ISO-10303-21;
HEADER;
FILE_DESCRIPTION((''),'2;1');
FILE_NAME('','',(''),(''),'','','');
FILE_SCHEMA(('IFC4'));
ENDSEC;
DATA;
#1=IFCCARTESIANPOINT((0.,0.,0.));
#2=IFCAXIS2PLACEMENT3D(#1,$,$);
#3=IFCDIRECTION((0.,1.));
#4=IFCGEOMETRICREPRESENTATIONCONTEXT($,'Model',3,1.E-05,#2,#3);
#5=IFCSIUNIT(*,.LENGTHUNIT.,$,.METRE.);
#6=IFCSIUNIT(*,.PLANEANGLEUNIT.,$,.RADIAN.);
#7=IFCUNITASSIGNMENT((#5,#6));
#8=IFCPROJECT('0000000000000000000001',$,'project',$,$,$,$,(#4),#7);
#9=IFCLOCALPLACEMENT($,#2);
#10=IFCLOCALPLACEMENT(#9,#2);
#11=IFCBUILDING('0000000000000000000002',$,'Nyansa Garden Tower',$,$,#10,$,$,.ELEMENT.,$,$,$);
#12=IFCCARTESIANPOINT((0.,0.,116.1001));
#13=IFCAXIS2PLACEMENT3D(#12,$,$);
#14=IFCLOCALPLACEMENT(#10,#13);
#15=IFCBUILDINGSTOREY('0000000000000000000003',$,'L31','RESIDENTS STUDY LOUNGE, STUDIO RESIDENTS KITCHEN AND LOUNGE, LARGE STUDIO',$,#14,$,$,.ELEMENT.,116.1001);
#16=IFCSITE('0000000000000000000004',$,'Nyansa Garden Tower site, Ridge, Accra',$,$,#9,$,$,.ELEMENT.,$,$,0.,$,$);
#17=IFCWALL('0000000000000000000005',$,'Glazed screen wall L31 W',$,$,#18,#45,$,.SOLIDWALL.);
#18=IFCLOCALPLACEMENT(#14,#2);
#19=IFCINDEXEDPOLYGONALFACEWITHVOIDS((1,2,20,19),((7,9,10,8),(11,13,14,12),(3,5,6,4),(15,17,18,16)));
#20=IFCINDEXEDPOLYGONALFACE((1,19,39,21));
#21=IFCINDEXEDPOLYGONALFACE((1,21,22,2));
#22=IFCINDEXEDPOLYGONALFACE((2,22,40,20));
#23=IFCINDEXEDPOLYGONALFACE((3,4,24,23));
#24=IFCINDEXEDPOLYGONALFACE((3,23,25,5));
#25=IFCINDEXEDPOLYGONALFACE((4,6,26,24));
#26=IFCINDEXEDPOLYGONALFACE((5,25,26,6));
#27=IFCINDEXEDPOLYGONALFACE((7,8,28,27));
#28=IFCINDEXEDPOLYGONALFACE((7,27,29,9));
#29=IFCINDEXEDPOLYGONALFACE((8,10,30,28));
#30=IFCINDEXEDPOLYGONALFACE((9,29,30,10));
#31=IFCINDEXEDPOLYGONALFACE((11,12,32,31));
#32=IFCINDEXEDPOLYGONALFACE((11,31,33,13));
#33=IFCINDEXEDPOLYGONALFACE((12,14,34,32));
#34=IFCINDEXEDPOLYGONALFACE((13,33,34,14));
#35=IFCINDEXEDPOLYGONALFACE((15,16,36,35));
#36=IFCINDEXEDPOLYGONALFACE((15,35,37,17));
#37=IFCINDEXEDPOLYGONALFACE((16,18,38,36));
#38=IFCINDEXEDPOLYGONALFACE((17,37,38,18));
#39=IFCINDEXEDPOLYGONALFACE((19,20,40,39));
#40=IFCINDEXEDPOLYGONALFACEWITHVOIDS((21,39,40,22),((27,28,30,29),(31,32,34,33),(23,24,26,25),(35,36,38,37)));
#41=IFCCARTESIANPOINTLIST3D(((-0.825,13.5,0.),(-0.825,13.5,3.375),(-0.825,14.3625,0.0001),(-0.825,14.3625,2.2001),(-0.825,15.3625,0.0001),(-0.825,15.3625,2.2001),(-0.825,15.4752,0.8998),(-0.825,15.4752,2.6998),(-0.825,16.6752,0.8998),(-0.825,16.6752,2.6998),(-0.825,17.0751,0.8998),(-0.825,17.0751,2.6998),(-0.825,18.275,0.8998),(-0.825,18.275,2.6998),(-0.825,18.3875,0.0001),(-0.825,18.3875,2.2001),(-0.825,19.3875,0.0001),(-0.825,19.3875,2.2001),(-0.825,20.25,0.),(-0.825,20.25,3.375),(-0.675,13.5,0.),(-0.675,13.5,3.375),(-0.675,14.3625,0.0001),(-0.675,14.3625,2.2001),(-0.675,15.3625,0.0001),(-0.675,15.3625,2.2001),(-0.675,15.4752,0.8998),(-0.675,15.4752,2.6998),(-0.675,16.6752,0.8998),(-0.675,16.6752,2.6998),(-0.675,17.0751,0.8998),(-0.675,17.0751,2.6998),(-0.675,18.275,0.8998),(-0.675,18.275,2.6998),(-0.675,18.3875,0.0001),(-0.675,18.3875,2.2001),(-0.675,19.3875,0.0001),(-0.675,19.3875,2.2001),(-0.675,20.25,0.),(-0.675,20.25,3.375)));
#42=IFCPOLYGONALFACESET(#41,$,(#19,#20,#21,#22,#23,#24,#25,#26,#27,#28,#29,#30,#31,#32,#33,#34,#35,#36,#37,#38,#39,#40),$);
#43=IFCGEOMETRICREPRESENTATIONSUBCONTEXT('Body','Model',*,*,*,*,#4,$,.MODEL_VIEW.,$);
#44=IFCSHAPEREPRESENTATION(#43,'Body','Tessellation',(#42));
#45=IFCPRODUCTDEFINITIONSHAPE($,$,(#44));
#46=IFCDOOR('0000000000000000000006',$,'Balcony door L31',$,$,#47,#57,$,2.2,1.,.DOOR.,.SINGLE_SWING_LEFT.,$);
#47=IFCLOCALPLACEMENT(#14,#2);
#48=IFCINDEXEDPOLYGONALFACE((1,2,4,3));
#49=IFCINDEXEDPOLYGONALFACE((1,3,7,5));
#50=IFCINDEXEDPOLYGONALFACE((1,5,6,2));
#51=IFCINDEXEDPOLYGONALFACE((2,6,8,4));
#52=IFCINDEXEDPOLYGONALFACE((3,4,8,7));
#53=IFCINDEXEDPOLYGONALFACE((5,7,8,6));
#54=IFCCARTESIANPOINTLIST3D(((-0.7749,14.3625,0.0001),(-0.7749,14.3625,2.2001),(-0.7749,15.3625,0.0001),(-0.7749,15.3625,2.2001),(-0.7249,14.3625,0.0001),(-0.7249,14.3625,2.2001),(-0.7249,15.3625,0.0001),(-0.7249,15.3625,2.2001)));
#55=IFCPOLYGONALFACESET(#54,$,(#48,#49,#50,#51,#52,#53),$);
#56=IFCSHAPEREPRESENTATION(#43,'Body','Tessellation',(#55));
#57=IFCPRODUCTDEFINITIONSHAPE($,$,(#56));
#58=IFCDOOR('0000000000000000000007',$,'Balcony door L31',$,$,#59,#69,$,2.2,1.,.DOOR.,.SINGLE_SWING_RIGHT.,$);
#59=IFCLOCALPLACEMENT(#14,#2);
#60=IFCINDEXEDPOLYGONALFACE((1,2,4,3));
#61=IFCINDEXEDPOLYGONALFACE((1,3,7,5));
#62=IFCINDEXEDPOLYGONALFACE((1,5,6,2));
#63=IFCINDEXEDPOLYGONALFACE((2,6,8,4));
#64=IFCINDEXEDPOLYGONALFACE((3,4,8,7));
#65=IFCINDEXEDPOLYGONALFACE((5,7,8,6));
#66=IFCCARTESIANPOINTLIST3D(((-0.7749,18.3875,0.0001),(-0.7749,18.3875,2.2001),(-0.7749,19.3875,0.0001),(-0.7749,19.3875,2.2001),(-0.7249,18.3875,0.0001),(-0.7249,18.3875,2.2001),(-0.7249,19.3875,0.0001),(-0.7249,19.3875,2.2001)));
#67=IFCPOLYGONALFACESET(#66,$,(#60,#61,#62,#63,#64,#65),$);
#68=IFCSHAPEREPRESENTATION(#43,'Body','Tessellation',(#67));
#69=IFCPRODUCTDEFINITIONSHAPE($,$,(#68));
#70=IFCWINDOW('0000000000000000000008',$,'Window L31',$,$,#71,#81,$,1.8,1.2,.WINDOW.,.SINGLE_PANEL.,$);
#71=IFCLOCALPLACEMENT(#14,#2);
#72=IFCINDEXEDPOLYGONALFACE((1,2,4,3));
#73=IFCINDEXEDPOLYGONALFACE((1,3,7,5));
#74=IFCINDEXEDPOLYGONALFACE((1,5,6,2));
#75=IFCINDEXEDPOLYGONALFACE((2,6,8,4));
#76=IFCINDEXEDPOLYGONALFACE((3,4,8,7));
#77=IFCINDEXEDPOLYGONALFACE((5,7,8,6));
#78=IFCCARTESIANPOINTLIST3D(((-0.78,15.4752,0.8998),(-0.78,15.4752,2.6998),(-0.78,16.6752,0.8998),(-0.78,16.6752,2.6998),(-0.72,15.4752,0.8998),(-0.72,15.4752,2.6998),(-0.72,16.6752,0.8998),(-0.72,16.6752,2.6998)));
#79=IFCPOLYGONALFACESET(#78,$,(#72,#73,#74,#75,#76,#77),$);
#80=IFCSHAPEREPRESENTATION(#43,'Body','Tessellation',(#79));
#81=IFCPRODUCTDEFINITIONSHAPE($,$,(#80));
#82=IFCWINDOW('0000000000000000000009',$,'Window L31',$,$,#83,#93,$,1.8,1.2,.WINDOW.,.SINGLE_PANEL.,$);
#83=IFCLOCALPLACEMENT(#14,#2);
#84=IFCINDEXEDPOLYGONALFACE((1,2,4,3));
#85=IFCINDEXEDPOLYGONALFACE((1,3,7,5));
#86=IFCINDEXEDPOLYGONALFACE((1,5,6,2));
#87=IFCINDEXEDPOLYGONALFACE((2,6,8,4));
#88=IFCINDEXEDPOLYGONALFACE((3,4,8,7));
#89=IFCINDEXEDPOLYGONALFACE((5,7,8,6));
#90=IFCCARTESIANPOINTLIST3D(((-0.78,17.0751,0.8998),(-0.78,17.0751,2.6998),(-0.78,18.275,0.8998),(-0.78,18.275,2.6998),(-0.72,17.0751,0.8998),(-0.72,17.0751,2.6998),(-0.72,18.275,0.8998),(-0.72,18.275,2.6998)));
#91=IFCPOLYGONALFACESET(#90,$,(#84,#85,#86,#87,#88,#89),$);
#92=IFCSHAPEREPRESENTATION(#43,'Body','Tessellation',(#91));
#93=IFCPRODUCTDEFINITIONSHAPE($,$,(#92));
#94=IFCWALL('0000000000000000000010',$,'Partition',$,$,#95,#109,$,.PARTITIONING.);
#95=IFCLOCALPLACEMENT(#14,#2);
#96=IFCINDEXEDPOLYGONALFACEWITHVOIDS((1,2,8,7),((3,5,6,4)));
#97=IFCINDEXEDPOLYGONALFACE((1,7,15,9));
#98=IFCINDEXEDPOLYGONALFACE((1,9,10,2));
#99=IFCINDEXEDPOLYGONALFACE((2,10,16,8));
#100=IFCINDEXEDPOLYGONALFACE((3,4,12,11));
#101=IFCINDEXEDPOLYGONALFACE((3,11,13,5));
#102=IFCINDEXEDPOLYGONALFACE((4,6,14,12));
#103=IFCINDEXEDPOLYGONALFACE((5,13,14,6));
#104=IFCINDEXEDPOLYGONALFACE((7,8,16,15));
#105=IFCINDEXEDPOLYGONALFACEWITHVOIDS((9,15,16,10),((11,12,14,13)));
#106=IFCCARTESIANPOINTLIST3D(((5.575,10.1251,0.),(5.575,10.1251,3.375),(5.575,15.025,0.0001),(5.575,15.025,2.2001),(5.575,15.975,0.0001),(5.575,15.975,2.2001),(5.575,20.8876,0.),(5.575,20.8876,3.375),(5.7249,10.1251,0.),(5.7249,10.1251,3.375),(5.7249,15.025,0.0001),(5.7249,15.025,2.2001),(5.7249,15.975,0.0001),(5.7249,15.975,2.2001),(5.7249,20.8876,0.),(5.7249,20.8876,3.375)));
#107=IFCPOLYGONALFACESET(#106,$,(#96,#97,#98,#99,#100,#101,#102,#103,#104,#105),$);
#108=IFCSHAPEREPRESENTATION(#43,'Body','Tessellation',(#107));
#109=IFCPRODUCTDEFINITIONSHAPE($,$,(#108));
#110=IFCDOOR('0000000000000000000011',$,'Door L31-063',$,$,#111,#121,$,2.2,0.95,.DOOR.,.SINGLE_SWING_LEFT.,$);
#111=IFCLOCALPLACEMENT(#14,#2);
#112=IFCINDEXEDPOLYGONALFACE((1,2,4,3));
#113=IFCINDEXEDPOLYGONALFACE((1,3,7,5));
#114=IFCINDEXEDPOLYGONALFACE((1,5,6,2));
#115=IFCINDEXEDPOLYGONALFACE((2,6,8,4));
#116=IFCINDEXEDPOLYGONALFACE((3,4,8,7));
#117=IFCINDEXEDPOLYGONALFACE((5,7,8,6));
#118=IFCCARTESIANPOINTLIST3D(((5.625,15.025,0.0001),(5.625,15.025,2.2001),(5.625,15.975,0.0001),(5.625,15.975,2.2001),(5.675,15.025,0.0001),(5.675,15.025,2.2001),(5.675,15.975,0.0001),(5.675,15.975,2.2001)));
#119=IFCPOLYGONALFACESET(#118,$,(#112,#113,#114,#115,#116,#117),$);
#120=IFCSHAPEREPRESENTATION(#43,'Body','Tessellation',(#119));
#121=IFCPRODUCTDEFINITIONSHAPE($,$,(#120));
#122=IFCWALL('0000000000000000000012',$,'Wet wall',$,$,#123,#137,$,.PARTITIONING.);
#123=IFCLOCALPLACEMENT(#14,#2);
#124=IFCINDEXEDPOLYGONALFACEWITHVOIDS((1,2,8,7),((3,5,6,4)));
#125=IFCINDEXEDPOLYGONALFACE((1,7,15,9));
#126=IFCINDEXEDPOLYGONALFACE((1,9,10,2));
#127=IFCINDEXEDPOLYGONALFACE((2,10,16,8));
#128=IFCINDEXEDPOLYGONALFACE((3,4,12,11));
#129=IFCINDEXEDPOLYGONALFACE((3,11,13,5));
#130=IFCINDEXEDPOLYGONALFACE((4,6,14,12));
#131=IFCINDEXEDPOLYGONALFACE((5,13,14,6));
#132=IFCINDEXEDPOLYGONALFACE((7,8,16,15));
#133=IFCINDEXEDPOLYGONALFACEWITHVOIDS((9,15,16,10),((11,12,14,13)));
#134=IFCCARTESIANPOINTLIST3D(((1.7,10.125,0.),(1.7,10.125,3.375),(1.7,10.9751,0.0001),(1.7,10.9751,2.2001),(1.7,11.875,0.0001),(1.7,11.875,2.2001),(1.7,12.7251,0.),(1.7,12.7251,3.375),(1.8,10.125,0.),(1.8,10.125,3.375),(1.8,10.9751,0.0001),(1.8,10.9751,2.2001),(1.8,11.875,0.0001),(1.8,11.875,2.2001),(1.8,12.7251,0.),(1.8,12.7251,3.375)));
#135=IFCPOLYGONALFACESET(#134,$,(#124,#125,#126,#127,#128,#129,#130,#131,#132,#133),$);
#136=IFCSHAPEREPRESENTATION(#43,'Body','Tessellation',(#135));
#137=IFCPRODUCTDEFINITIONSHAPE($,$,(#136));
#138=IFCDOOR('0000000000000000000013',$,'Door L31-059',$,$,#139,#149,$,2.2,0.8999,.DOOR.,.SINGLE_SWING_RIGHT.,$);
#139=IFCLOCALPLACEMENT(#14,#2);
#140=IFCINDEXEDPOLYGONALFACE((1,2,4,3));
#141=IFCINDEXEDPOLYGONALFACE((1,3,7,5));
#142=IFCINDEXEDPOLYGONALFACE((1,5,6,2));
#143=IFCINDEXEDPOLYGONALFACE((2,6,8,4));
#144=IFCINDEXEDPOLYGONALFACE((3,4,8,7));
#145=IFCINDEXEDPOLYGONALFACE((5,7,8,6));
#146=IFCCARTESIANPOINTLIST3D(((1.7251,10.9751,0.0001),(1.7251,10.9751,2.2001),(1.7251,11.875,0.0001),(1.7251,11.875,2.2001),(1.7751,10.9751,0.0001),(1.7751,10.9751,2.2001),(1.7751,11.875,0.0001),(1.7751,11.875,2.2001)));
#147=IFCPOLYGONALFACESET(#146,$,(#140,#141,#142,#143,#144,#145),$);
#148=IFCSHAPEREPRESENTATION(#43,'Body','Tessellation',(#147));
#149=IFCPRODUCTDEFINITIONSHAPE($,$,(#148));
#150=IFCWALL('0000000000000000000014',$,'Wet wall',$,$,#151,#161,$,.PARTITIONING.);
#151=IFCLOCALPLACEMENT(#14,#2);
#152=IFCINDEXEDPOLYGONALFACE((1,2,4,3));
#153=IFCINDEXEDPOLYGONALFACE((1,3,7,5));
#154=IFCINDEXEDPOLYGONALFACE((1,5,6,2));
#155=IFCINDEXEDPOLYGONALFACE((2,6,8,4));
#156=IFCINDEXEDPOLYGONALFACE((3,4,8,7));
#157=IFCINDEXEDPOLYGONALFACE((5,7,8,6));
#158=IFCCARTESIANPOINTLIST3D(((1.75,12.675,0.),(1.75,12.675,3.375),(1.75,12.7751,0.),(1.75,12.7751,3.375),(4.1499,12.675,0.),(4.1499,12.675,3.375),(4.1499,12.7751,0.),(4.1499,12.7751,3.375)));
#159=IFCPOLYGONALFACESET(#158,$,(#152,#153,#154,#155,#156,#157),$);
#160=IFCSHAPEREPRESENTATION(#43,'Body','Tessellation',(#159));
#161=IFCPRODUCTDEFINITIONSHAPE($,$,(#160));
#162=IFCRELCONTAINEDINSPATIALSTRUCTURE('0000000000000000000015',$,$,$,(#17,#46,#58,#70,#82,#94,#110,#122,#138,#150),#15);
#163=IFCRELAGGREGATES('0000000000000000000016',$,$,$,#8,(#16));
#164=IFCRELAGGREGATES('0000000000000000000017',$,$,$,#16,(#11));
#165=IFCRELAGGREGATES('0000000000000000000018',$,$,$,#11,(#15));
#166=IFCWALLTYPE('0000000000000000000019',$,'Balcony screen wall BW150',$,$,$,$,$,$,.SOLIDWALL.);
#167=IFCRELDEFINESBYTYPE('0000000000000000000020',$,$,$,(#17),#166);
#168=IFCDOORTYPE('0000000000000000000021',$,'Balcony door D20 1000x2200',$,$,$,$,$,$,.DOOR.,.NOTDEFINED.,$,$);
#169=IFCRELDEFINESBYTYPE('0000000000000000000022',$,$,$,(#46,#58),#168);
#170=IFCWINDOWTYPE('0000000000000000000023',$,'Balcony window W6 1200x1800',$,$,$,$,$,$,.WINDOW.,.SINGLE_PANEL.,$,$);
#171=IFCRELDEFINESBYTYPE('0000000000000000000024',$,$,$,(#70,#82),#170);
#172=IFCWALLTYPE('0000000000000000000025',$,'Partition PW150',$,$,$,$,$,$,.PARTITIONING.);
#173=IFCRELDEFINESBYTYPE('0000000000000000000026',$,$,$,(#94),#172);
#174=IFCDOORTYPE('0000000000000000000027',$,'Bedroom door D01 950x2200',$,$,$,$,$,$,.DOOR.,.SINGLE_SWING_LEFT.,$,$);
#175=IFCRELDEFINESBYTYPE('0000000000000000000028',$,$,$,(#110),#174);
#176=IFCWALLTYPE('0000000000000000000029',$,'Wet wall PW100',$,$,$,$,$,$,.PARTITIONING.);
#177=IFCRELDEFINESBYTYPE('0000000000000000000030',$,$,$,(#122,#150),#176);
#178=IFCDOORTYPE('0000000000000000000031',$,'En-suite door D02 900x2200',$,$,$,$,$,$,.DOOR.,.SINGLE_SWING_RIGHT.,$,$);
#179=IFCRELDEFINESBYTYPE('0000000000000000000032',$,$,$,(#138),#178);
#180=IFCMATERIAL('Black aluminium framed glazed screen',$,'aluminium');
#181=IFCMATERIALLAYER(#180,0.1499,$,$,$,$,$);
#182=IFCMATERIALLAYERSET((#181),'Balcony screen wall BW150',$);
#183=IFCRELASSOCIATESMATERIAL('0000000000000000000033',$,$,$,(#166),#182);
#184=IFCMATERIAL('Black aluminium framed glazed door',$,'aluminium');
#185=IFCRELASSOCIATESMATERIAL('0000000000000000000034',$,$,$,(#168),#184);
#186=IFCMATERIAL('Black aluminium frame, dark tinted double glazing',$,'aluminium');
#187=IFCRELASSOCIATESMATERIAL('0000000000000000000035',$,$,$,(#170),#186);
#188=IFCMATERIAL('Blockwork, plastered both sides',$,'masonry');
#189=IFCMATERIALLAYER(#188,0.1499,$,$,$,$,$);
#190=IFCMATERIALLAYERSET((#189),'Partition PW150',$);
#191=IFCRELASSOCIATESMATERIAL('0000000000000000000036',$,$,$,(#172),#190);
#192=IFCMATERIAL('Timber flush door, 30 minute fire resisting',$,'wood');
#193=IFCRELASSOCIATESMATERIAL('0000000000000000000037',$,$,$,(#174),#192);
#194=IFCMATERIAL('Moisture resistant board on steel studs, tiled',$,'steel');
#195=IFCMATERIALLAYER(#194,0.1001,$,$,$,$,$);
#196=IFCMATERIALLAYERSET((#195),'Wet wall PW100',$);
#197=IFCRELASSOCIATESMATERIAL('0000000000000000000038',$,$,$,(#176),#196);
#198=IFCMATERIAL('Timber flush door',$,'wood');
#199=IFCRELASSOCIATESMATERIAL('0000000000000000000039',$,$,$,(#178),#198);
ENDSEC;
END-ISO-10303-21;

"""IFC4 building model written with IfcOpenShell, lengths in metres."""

from ifc_helpers import new_model, si_unit, direction, frame, frame_2d, origin, place, context, subcontext, project, spatial, rectangle, extrude, material, layer, layer_set, type_object, element, fill, save


model = new_model("IFC4")

# Units and contexts
model_context = context("Model", 3, precision=1e-05, world=origin(), true_north=direction((0.0, 1.0)))
body_context = subcontext(model_context, "Body", "Model", "MODEL_VIEW")
ifc_project = project(units=[si_unit("LENGTHUNIT", "METRE"), si_unit("PLANEANGLEUNIT", "RADIAN")], contexts=[model_context])

# Site, building, storey
site_placement = place(None, origin())
site = spatial("IfcSite", under=ifc_project, at=site_placement, Name="Nyansa Garden Tower site, Ridge, Accra", CompositionType="ELEMENT", RefElevation=0.0)
building_placement = place(site_placement, origin())
building = spatial("IfcBuilding", under=site, at=building_placement, Name="Nyansa Garden Tower", CompositionType="ELEMENT")
storey_placement = place(building_placement, frame((0.0, 0.0, 116.1001)))
storey = spatial("IfcBuildingStorey", under=building, at=storey_placement, Name="L31", Description="RESIDENTS STUDY LOUNGE, STUDIO RESIDENTS KITCHEN AND LOUNGE, LARGE STUDIO", CompositionType="ELEMENT", Elevation=116.1001)

# Wall, openings, doors, windows
ifc_material_1 = material(Name="Black aluminium framed glazed screen", Category="aluminium")
ifc_layer_1 = layer(ifc_material_1, 0.1499)
ifc_layer_set_1 = layer_set([ifc_layer_1], Name="Balcony screen wall BW150")
wall_type_1 = type_object("IfcWallType", Name="Balcony screen wall BW150", PredefinedType="SOLIDWALL", material=ifc_layer_set_1)
wall_1_placement = place(storey_placement, frame((-0.75, 13.5, 0.0), z_axis=(0.0, 0.0, 1.0), x_axis=(0.0, 1.0, 0.0)))
wall_1 = element("IfcWall", 1, at=wall_1_placement, inside=storey, type_object=wall_type_1, Name="Glazed screen wall L31 W", PredefinedType="SOLIDWALL", context=body_context, shape_type="SweptSolid", body=[
    extrude(rectangle(XDim=6.75, YDim=0.1499, at=frame_2d((3.375, 0.0))), origin(), (0.0, 0.0, 1.0), 3.375),
])
opening_1_placement = place(wall_1_placement, frame((0.8625, 0.0, 0.0)))
opening_1 = element("IfcOpeningElement", 2, at=opening_1_placement, cuts=wall_1, PredefinedType="OPENING", context=body_context, shape_type="SweptSolid", body=[
    extrude(rectangle(XDim=1.0, YDim=2.2, at=frame_2d((0.5, 1.1001))), frame((0.0, 0.085, 0.0), z_axis=(0.0, -1.0, 0.0), x_axis=(1.0, 0.0, 0.0)), (0.0, 0.0, 1.0), 0.1699),
])
opening_2_placement = place(wall_1_placement, frame((1.9751, 0.0, 0.8999)))
opening_2 = element("IfcOpeningElement", 3, at=opening_2_placement, cuts=wall_1, PredefinedType="OPENING", context=body_context, shape_type="SweptSolid", body=[
    extrude(rectangle(XDim=1.2, YDim=1.8, at=frame_2d((0.6001, 0.8999))), frame((0.0, 0.085, 0.0), z_axis=(0.0, -1.0, 0.0), x_axis=(1.0, 0.0, 0.0)), (0.0, 0.0, 1.0), 0.1699),
])
opening_3_placement = place(wall_1_placement, frame((4.8875, 0.0, 0.0)))
opening_3 = element("IfcOpeningElement", 4, at=opening_3_placement, cuts=wall_1, PredefinedType="OPENING", context=body_context, shape_type="SweptSolid", body=[
    extrude(rectangle(XDim=1.0, YDim=2.2, at=frame_2d((0.5, 1.1001))), frame((0.0, 0.085, 0.0), z_axis=(0.0, -1.0, 0.0), x_axis=(1.0, 0.0, 0.0)), (0.0, 0.0, 1.0), 0.1699),
])
opening_4_placement = place(wall_1_placement, frame((3.575, 0.0, 0.8999)))
opening_4 = element("IfcOpeningElement", 5, at=opening_4_placement, cuts=wall_1, PredefinedType="OPENING", context=body_context, shape_type="SweptSolid", body=[
    extrude(rectangle(XDim=1.2, YDim=1.8, at=frame_2d((0.6001, 0.8999))), frame((0.0, 0.085, 0.0), z_axis=(0.0, -1.0, 0.0), x_axis=(1.0, 0.0, 0.0)), (0.0, 0.0, 1.0), 0.1699),
])
ifc_material_2 = material(Name="Black aluminium framed glazed door", Category="aluminium")
door_type_1 = type_object("IfcDoorType", Name="Balcony door D20 1000x2200", OperationType="NOTDEFINED", PredefinedType="DOOR", material=ifc_material_2)
door_1_placement = place(opening_1_placement, origin())
door_1 = element("IfcDoor", 6, at=door_1_placement, inside=storey, type_object=door_type_1, Name="Balcony door L31", OperationType="SINGLE_SWING_LEFT", OverallHeight=2.2, OverallWidth=1.0, PredefinedType="DOOR", context=body_context, shape_type="SweptSolid", body=[
    extrude(rectangle(XDim=1.0, YDim=2.2, at=frame_2d((0.5, 1.1001))), frame((0.0, 0.0249, 0.0), z_axis=(0.0, -1.0, 0.0), x_axis=(1.0, 0.0, 0.0)), (0.0, 0.0, 1.0), 0.05),
])
fill(opening_1, door_1)
door_2_placement = place(opening_3_placement, origin())
door_2 = element("IfcDoor", 7, at=door_2_placement, inside=storey, type_object=door_type_1, Name="Balcony door L31", OperationType="SINGLE_SWING_RIGHT", OverallHeight=2.2, OverallWidth=1.0, PredefinedType="DOOR", context=body_context, shape_type="SweptSolid", body=[
    extrude(rectangle(XDim=1.0, YDim=2.2, at=frame_2d((0.5, 1.1001))), frame((0.0, 0.0249, 0.0), z_axis=(0.0, -1.0, 0.0), x_axis=(1.0, 0.0, 0.0)), (0.0, 0.0, 1.0), 0.05),
])
fill(opening_3, door_2)
ifc_material_3 = material(Name="Black aluminium frame, dark tinted double glazing", Category="aluminium")
window_type = type_object("IfcWindowType", Name="Balcony window W6 1200x1800", PartitioningType="SINGLE_PANEL", PredefinedType="WINDOW", material=ifc_material_3)
window_1_placement = place(opening_2_placement, origin())
window_1 = element("IfcWindow", 8, at=window_1_placement, inside=storey, type_object=window_type, Name="Window L31", OverallHeight=1.8, OverallWidth=1.2, PartitioningType="SINGLE_PANEL", PredefinedType="WINDOW", context=body_context, shape_type="SweptSolid", body=[
    extrude(rectangle(XDim=1.2, YDim=1.8, at=frame_2d((0.6001, 0.8999))), frame((0.0, 0.03, 0.0), z_axis=(0.0, -1.0, 0.0), x_axis=(1.0, 0.0, 0.0)), (0.0, 0.0, 1.0), 0.0601),
])
fill(opening_2, window_1)
window_2_placement = place(opening_4_placement, origin())
window_2 = element("IfcWindow", 9, at=window_2_placement, inside=storey, type_object=window_type, Name="Window L31", OverallHeight=1.8, OverallWidth=1.2, PartitioningType="SINGLE_PANEL", PredefinedType="WINDOW", context=body_context, shape_type="SweptSolid", body=[
    extrude(rectangle(XDim=1.2, YDim=1.8, at=frame_2d((0.6001, 0.8999))), frame((0.0, 0.03, 0.0), z_axis=(0.0, -1.0, 0.0), x_axis=(1.0, 0.0, 0.0)), (0.0, 0.0, 1.0), 0.0601),
])
fill(opening_4, window_2)

# Walls, openings, doors
ifc_material_4 = material(Name="Blockwork, plastered both sides", Category="masonry")
ifc_layer_2 = layer(ifc_material_4, 0.1499)
ifc_layer_set_2 = layer_set([ifc_layer_2], Name="Partition PW150")
wall_type_2 = type_object("IfcWallType", Name="Partition PW150", PredefinedType="PARTITIONING", material=ifc_layer_set_2)
wall_2_placement = place(storey_placement, frame((5.6499, 10.125, 0.0), z_axis=(0.0, 0.0, 1.0), x_axis=(0.0, 1.0, 0.0)))
wall_2 = element("IfcWall", 10, at=wall_2_placement, inside=storey, type_object=wall_type_2, Name="Partition", PredefinedType="PARTITIONING", context=body_context, shape_type="SweptSolid", body=[
    extrude(rectangle(XDim=10.7625, YDim=0.1499, at=frame_2d((5.3813, 0.0))), origin(), (0.0, 0.0, 1.0), 3.375),
])
opening_5_placement = place(wall_2_placement, frame((4.8999, 0.0, 0.0)))
opening_5 = element("IfcOpeningElement", 11, at=opening_5_placement, cuts=wall_2, PredefinedType="OPENING", context=body_context, shape_type="SweptSolid", body=[
    extrude(rectangle(XDim=0.95, YDim=2.2, at=frame_2d((0.4751, 1.1001))), frame((0.0, 0.085, 0.0), z_axis=(0.0, -1.0, 0.0), x_axis=(1.0, 0.0, 0.0)), (0.0, 0.0, 1.0), 0.1699),
])
ifc_material_5 = material(Name="Timber flush door, 30 minute fire resisting", Category="wood")
door_type_2 = type_object("IfcDoorType", Name="Bedroom door D01 950x2200", OperationType="SINGLE_SWING_LEFT", PredefinedType="DOOR", material=ifc_material_5)
door_3_placement = place(opening_5_placement, origin())
door_3 = element("IfcDoor", 12, at=door_3_placement, inside=storey, type_object=door_type_2, Name="Door L31-063", OperationType="SINGLE_SWING_LEFT", OverallHeight=2.2, OverallWidth=0.95, PredefinedType="DOOR", context=body_context, shape_type="SweptSolid", body=[
    extrude(rectangle(XDim=0.95, YDim=2.2, at=frame_2d((0.4751, 1.1001))), frame((0.0, 0.0249, 0.0), z_axis=(0.0, -1.0, 0.0), x_axis=(1.0, 0.0, 0.0)), (0.0, 0.0, 1.0), 0.05),
])
fill(opening_5, door_3)
ifc_material_6 = material(Name="Moisture resistant board on steel studs, tiled", Category="steel")
ifc_layer_3 = layer(ifc_material_6, 0.1001)
ifc_layer_set_3 = layer_set([ifc_layer_3], Name="Wet wall PW100")
wall_type_3 = type_object("IfcWallType", Name="Wet wall PW100", PredefinedType="PARTITIONING", material=ifc_layer_set_3)
wall_3_placement = place(storey_placement, frame((1.75, 10.125, 0.0), z_axis=(0.0, 0.0, 1.0), x_axis=(0.0, 1.0, 0.0)))
wall_3 = element("IfcWall", 13, at=wall_3_placement, inside=storey, type_object=wall_type_3, Name="Wet wall", PredefinedType="PARTITIONING", context=body_context, shape_type="SweptSolid", body=[
    extrude(rectangle(XDim=2.6001, YDim=0.1001, at=frame_2d((1.3, 0.0))), origin(), (0.0, 0.0, 1.0), 3.375),
])
opening_6_placement = place(wall_3_placement, frame((0.8501, 0.0, 0.0)))
opening_6 = element("IfcOpeningElement", 14, at=opening_6_placement, cuts=wall_3, PredefinedType="OPENING", context=body_context, shape_type="SweptSolid", body=[
    extrude(rectangle(XDim=0.8999, YDim=2.2, at=frame_2d((0.45, 1.1001))), frame((0.0, 0.0601, 0.0), z_axis=(0.0, -1.0, 0.0), x_axis=(1.0, 0.0, 0.0)), (0.0, 0.0, 1.0), 0.1201),
])
ifc_material_7 = material(Name="Timber flush door", Category="wood")
door_type_3 = type_object("IfcDoorType", Name="En-suite door D02 900x2200", OperationType="SINGLE_SWING_RIGHT", PredefinedType="DOOR", material=ifc_material_7)
door_4_placement = place(opening_6_placement, origin())
door_4 = element("IfcDoor", 15, at=door_4_placement, inside=storey, type_object=door_type_3, Name="Door L31-059", OperationType="SINGLE_SWING_RIGHT", OverallHeight=2.2, OverallWidth=0.8999, PredefinedType="DOOR", context=body_context, shape_type="SweptSolid", body=[
    extrude(rectangle(XDim=0.8999, YDim=2.2, at=frame_2d((0.45, 1.1001))), frame((0.0, 0.0249, 0.0), z_axis=(0.0, -1.0, 0.0), x_axis=(1.0, 0.0, 0.0)), (0.0, 0.0, 1.0), 0.05),
])
fill(opening_6, door_4)

# Wall
wall_4_placement = place(storey_placement, frame((1.75, 12.7251, 0.0), z_axis=(0.0, 0.0, 1.0), x_axis=(1.0, 0.0, 0.0)))
element("IfcWall", 16, at=wall_4_placement, inside=storey, type_object=wall_type_3, Name="Wet wall", PredefinedType="PARTITIONING", context=body_context, shape_type="SweptSolid", body=[
    extrude(rectangle(XDim=2.3999, YDim=0.1001, at=frame_2d((1.2, 0.0))), origin(), (0.0, 0.0, 1.0), 3.375),
])

save(model, "model.ifc")
